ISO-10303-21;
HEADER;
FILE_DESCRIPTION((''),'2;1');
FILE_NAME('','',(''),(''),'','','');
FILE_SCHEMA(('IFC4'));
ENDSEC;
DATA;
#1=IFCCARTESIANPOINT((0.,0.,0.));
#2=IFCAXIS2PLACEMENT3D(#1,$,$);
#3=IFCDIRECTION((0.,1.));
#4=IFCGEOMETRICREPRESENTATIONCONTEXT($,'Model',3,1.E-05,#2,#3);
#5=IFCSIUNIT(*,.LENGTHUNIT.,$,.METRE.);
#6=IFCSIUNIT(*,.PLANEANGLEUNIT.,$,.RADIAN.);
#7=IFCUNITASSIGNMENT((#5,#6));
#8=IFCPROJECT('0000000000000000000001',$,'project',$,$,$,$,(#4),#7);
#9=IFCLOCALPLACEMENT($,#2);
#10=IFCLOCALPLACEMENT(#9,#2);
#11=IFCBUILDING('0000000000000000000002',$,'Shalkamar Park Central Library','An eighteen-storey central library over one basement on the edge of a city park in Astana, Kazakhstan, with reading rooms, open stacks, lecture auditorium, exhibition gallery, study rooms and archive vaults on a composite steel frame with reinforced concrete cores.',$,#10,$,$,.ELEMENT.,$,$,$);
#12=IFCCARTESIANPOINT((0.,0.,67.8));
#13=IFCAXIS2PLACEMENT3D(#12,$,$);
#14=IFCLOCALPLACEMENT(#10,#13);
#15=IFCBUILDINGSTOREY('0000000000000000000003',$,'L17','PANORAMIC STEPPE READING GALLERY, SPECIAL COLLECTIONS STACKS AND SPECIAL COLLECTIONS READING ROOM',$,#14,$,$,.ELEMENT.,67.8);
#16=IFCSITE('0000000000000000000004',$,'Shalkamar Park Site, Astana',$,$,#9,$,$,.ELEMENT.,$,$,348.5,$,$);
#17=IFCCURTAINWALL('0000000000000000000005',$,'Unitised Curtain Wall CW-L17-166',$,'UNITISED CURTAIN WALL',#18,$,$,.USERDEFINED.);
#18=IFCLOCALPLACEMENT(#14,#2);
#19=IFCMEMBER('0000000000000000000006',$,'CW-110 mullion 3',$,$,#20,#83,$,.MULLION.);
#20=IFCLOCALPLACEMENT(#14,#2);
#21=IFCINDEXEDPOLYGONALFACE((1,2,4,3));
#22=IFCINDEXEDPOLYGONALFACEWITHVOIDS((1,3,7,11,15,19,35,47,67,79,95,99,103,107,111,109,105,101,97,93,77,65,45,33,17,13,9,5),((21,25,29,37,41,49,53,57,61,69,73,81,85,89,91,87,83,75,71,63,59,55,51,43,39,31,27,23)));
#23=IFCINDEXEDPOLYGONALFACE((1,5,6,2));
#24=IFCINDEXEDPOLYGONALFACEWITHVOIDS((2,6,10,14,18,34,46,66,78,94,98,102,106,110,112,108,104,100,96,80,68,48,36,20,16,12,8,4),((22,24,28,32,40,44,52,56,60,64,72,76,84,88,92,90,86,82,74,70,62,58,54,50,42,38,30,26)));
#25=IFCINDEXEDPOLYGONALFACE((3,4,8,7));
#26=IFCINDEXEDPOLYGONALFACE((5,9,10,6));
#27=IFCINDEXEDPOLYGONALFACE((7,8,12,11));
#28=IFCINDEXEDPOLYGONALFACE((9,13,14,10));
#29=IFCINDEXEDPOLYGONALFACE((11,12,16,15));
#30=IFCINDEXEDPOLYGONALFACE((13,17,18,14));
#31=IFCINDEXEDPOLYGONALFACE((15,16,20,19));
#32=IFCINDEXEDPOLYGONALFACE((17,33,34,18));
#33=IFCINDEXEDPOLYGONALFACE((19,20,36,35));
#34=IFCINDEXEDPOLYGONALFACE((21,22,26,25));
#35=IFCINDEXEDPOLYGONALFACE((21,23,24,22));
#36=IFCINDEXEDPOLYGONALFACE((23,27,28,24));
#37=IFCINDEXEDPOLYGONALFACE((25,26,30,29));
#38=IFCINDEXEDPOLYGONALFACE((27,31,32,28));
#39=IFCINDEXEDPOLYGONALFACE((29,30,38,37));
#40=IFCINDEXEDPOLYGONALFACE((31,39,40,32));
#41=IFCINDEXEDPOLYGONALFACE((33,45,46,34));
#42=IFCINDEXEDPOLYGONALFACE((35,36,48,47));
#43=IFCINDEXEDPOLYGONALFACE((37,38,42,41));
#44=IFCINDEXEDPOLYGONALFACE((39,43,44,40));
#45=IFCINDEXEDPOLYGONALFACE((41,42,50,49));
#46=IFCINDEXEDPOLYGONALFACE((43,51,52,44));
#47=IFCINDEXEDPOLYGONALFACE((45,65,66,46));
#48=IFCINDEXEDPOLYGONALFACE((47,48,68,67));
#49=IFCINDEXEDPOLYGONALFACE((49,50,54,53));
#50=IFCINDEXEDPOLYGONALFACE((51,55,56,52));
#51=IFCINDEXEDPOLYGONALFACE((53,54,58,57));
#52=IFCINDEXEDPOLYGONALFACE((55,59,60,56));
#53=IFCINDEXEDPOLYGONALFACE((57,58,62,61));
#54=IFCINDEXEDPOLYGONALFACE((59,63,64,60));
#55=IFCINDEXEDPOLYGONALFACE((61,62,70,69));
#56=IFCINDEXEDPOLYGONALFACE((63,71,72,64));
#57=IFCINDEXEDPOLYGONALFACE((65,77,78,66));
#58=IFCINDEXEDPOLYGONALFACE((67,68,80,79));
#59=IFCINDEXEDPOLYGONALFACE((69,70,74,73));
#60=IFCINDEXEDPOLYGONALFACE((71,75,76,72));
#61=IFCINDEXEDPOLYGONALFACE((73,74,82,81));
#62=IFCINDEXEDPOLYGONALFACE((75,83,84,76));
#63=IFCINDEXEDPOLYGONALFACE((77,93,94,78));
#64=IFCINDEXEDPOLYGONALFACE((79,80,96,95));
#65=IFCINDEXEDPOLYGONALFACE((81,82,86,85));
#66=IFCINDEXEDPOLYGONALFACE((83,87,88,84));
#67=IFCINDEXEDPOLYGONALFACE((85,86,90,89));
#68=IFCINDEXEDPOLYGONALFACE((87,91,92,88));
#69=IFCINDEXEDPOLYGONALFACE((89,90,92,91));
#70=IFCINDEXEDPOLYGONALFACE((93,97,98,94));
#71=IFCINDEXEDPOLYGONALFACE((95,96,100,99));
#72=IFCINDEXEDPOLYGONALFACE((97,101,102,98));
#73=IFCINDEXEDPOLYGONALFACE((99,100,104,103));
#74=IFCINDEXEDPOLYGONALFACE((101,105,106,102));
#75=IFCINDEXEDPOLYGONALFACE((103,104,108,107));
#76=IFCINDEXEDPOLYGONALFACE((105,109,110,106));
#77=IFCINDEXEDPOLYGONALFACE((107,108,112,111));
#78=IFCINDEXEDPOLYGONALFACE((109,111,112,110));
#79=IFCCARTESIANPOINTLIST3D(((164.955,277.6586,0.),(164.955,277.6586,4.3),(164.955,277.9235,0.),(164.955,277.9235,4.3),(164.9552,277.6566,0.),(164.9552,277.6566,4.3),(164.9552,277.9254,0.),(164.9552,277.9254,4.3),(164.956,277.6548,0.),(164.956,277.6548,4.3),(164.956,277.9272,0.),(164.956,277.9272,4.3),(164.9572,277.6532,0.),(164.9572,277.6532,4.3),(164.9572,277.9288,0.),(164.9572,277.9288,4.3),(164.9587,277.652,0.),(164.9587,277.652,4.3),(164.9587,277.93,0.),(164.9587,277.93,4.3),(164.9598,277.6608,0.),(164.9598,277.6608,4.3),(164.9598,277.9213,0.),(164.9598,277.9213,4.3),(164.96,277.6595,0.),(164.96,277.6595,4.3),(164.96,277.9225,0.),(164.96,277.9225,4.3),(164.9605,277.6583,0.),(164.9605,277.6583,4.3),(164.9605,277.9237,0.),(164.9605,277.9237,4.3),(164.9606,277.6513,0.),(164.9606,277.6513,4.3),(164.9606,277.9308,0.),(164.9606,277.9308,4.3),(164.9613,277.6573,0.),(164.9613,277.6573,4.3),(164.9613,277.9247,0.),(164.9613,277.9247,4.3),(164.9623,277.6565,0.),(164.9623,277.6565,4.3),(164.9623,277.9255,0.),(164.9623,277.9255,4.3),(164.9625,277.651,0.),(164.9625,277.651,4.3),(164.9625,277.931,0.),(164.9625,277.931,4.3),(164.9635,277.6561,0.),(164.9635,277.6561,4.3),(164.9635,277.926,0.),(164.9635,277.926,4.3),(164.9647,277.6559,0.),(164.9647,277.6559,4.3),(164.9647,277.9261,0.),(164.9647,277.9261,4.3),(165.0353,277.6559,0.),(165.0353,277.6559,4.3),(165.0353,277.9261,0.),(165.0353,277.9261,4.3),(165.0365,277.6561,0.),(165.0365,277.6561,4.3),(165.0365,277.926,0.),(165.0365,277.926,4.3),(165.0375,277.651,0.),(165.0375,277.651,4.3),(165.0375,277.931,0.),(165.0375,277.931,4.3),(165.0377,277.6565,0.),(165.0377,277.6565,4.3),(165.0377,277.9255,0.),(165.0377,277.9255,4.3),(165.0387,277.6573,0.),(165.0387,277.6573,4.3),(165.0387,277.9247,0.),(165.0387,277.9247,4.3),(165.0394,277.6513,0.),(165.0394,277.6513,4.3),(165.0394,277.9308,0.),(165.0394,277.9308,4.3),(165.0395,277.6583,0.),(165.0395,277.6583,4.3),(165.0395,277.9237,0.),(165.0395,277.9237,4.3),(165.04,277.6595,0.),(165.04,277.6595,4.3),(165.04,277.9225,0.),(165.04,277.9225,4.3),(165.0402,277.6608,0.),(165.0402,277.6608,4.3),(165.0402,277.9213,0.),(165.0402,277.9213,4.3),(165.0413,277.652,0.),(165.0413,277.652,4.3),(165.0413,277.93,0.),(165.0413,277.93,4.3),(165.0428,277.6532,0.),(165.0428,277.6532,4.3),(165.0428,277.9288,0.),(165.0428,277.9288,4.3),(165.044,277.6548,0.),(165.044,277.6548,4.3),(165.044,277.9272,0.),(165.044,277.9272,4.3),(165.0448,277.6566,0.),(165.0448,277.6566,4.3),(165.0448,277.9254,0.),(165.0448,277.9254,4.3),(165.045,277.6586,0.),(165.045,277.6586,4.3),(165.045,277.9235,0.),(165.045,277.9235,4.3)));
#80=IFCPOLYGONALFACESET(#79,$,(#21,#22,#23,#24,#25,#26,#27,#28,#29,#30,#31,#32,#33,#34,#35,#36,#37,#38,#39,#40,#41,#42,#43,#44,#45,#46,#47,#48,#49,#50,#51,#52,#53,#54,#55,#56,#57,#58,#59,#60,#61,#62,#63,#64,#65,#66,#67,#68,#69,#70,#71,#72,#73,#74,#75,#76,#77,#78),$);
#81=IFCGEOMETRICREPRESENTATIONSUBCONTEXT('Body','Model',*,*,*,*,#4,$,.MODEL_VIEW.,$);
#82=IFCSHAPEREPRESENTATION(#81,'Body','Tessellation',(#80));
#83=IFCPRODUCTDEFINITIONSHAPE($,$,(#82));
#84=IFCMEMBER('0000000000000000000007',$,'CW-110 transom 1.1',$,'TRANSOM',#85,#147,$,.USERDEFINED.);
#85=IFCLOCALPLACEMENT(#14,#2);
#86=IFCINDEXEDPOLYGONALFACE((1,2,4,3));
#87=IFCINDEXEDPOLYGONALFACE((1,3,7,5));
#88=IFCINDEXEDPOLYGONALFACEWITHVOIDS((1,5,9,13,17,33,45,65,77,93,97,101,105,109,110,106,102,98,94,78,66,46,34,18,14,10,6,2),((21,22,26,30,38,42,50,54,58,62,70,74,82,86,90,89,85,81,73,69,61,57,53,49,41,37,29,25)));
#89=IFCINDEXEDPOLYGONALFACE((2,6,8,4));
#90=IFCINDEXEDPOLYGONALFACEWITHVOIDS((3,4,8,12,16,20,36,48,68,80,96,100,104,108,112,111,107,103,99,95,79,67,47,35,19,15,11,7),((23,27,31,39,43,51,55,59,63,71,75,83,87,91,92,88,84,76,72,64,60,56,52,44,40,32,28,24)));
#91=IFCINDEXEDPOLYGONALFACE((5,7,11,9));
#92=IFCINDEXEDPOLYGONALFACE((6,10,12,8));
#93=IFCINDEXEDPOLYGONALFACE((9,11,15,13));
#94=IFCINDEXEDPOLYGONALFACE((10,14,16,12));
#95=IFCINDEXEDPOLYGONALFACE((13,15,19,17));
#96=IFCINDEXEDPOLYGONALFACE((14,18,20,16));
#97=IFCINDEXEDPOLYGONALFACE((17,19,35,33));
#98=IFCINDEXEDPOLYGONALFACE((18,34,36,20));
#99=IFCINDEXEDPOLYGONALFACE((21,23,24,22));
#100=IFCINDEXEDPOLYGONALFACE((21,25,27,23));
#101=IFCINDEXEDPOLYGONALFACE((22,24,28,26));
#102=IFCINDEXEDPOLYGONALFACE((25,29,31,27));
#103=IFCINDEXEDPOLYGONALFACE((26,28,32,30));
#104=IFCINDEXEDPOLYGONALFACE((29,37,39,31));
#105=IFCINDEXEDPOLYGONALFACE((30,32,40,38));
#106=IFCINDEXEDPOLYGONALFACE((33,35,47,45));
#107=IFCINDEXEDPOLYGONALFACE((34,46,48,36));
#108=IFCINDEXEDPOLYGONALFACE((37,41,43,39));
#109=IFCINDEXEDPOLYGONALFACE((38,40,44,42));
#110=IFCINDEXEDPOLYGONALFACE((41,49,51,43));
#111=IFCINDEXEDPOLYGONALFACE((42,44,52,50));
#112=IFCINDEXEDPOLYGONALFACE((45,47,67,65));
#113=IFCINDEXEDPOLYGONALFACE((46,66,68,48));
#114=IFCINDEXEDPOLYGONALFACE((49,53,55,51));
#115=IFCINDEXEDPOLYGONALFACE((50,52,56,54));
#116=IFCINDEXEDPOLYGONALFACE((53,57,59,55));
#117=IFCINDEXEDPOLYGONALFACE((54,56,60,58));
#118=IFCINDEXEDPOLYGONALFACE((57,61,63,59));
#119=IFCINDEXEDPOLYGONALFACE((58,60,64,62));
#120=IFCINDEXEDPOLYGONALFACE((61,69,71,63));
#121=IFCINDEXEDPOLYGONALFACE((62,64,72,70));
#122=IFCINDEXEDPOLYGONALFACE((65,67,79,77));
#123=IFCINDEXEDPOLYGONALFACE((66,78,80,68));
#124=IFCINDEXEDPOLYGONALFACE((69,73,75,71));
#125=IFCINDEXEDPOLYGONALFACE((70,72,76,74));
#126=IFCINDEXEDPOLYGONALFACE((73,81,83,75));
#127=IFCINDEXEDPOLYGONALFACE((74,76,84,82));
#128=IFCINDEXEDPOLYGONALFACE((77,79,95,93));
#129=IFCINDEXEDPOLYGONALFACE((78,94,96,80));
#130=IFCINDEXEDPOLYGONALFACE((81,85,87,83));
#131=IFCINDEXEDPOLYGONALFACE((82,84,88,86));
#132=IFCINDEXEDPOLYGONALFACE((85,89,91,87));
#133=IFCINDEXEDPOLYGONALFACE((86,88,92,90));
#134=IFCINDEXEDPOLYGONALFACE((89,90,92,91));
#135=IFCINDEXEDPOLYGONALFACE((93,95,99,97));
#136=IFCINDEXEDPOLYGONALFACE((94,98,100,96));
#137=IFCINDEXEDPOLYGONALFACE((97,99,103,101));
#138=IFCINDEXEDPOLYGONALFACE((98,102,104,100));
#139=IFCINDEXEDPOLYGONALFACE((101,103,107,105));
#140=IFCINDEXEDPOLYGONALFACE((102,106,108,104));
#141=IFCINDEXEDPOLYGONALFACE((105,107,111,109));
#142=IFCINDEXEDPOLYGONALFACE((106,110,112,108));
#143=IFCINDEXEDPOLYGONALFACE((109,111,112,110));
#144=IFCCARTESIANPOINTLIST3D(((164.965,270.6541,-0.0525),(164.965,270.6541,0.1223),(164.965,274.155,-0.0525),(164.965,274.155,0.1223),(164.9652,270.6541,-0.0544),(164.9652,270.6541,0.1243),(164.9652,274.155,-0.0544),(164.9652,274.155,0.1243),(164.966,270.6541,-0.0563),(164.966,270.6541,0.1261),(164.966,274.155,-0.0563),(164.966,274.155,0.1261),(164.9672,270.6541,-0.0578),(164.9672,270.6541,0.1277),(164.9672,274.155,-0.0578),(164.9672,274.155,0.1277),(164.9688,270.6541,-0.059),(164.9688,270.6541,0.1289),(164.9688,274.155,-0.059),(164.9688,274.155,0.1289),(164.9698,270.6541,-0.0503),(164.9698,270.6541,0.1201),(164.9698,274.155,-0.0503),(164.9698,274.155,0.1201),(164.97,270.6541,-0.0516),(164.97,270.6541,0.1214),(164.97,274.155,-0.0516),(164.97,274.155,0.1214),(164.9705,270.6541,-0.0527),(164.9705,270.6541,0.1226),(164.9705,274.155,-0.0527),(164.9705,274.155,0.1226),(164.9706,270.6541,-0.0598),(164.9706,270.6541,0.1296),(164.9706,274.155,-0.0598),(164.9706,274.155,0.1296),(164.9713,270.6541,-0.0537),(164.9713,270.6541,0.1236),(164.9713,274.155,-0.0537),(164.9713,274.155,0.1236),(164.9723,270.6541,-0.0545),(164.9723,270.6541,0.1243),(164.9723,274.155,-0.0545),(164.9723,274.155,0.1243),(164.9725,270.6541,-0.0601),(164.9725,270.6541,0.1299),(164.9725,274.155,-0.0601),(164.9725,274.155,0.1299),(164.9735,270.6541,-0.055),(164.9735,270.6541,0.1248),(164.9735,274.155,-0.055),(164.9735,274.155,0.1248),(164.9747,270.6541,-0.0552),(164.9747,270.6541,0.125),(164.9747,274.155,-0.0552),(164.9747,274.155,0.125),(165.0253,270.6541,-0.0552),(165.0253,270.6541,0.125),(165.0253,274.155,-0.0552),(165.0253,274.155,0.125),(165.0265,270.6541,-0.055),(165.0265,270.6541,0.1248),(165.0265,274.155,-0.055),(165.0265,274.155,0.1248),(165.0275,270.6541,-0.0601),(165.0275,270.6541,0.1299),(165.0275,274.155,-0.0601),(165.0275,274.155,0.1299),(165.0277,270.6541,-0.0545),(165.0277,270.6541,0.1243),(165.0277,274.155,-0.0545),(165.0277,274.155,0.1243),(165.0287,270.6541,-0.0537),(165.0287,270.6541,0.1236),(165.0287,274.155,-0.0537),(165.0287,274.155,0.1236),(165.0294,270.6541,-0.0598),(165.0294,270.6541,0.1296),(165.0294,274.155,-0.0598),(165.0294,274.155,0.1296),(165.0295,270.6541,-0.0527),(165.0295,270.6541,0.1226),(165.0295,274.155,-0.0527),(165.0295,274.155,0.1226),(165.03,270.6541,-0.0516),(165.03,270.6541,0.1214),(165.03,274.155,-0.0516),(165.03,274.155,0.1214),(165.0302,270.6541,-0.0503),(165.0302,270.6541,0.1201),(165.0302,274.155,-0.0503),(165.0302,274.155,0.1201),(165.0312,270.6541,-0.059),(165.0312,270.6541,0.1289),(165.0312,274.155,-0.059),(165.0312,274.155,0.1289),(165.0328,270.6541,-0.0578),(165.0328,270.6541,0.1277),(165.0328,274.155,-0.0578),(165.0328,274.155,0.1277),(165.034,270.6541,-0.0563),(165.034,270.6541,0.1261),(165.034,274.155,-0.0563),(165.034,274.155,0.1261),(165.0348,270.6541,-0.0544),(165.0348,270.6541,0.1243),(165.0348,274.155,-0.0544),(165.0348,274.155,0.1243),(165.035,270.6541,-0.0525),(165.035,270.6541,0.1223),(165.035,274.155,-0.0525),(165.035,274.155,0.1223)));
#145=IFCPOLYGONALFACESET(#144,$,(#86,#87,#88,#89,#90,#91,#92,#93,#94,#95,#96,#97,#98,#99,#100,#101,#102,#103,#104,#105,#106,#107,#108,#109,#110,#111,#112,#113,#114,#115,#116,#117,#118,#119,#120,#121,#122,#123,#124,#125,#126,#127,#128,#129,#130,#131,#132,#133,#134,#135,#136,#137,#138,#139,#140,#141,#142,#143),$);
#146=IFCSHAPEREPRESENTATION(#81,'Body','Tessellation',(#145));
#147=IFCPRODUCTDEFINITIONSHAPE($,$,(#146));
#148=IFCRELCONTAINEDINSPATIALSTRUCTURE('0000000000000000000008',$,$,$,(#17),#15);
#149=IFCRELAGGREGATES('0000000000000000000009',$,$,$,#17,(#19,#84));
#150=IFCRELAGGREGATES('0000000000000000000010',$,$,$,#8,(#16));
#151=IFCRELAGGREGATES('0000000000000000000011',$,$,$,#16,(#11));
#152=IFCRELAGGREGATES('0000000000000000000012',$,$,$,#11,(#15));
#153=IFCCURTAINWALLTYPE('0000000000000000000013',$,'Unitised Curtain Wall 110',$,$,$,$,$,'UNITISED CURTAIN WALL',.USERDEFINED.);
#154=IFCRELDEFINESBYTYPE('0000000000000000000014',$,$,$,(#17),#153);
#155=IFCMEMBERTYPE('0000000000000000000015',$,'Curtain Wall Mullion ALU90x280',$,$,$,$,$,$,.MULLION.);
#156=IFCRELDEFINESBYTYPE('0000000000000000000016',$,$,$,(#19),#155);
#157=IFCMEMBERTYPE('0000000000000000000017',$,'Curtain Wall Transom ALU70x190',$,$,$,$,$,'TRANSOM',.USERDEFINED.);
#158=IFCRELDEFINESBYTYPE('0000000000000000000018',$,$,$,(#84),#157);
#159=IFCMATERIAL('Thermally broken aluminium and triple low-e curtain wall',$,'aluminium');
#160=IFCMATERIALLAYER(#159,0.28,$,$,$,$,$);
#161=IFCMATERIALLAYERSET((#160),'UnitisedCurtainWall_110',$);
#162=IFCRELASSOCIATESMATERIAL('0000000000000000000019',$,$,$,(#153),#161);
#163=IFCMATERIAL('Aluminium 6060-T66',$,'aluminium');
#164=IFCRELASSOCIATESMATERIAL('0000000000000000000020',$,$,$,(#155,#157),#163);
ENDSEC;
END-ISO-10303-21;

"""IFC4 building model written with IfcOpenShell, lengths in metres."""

from ifc_helpers import new_model, si_unit, direction, frame, origin, origin_2d, place, context, subcontext, project, spatial, hollow_rectangle, extrude, material, layer, layer_set, material_profile, profile_set, type_object, element, aggregate, save


model = new_model("IFC4")

# Units and contexts
model_context = context("Model", 3, precision=1e-05, world=origin(), true_north=direction((0.0, 1.0)))
body_context = subcontext(model_context, "Body", "Model", "MODEL_VIEW")
ifc_project = project(units=[si_unit("LENGTHUNIT", "METRE"), si_unit("PLANEANGLEUNIT", "RADIAN")], contexts=[model_context])

# Site, building, storey
site_placement = place(None, origin())
site = spatial("IfcSite", under=ifc_project, at=site_placement, Name="Shalkamar Park Site, Astana", CompositionType="ELEMENT", RefElevation=348.5)
building_placement = place(site_placement, origin())
building = spatial("IfcBuilding", under=site, at=building_placement, Name="Shalkamar Park Central Library", Description="An eighteen-storey central library over one basement on the edge of a city park in Astana, Kazakhstan, with reading rooms, open stacks, lecture auditorium, exhibition gallery, study rooms and archive vaults on a composite steel frame with reinforced concrete cores.", CompositionType="ELEMENT")
storey_placement = place(building_placement, frame((0.0, 0.0, 67.8)))
storey = spatial("IfcBuildingStorey", under=building, at=storey_placement, Name="L17", Description="PANORAMIC STEPPE READING GALLERY, SPECIAL COLLECTIONS STACKS AND SPECIAL COLLECTIONS READING ROOM", CompositionType="ELEMENT", Elevation=67.8)

# Curtain wall, members
ifc_material_1 = material(Name="Thermally broken aluminium and triple low-e curtain wall", Category="aluminium")
ifc_layer_1 = layer(ifc_material_1, 0.28)
ifc_layer_set_1 = layer_set([ifc_layer_1], Name="UnitisedCurtainWall_110")
curtain_wall_type = type_object("IfcCurtainWallType", Name="Unitised Curtain Wall 110", ElementType="UNITISED CURTAIN WALL", PredefinedType="USERDEFINED", material=ifc_layer_set_1)
curtain_wall_placement = place(storey_placement, origin())
curtain_wall = element("IfcCurtainWall", 1, at=curtain_wall_placement, inside=storey, type_object=curtain_wall_type, Name="Unitised Curtain Wall CW-L17-166", ObjectType="UNITISED CURTAIN WALL", PredefinedType="USERDEFINED")
ifc_material_2 = material(Name="Aluminium 6060-T66", Category="aluminium")
ifc_material_profile_1 = material_profile(ifc_material_2, hollow_rectangle(XDim=0.0901, YDim=0.28, WallThickness=0.0049, InnerFilletRadius=0.0049, OuterFilletRadius=0.0076, at=origin_2d()), Name="ALU 90x280x5")
ifc_profile_set_1 = profile_set([ifc_material_profile_1], Name="Aluminium 6060-T66")
member_type_1 = type_object("IfcMemberType", Name="Curtain Wall Mullion ALU90x280", PredefinedType="MULLION", material=ifc_profile_set_1)
member_1_placement = place(storey_placement, frame((165.0, 277.791, 0.0), z_axis=(0.0, 0.0, 1.0), x_axis=(-1.0, 0.0, 0.0)))
member_1 = element("IfcMember", 2, at=member_1_placement, type_object=member_type_1, Name="CW-110 mullion 3", PredefinedType="MULLION", context=body_context, shape_type="SweptSolid", body=[
    extrude(hollow_rectangle(XDim=0.0901, YDim=0.28, WallThickness=0.0049, InnerFilletRadius=0.0049, OuterFilletRadius=0.0076, at=origin_2d()), origin(), (0.0, 0.0, 1.0), 4.3),
])
ifc_material_profile_2 = material_profile(ifc_material_2, hollow_rectangle(XDim=0.0701, YDim=0.1899, WallThickness=0.0049, InnerFilletRadius=0.0049, OuterFilletRadius=0.0076, at=origin_2d()), Name="ALU 70x190x5")
ifc_profile_set_2 = profile_set([ifc_material_profile_2], Name="Aluminium 6060-T66")
member_type_2 = type_object("IfcMemberType", Name="Curtain Wall Transom ALU70x190", ElementType="TRANSOM", PredefinedType="USERDEFINED", material=ifc_profile_set_2)
member_2_placement = place(storey_placement, frame((165.0, 270.6541, 0.0349), z_axis=(0.0, 1.0, 0.0), x_axis=(-1.0, 0.0, 0.0)))
member_2 = element("IfcMember", 3, at=member_2_placement, type_object=member_type_2, Name="CW-110 transom 1.1", ObjectType="TRANSOM", PredefinedType="USERDEFINED", context=body_context, shape_type="SweptSolid", body=[
    extrude(hollow_rectangle(XDim=0.0701, YDim=0.1899, WallThickness=0.0049, InnerFilletRadius=0.0049, OuterFilletRadius=0.0076, at=origin_2d()), origin(), (0.0, 0.0, 1.0), 3.501),
])

aggregate(curtain_wall, [member_1, member_2])

save(model, "model.ifc")
